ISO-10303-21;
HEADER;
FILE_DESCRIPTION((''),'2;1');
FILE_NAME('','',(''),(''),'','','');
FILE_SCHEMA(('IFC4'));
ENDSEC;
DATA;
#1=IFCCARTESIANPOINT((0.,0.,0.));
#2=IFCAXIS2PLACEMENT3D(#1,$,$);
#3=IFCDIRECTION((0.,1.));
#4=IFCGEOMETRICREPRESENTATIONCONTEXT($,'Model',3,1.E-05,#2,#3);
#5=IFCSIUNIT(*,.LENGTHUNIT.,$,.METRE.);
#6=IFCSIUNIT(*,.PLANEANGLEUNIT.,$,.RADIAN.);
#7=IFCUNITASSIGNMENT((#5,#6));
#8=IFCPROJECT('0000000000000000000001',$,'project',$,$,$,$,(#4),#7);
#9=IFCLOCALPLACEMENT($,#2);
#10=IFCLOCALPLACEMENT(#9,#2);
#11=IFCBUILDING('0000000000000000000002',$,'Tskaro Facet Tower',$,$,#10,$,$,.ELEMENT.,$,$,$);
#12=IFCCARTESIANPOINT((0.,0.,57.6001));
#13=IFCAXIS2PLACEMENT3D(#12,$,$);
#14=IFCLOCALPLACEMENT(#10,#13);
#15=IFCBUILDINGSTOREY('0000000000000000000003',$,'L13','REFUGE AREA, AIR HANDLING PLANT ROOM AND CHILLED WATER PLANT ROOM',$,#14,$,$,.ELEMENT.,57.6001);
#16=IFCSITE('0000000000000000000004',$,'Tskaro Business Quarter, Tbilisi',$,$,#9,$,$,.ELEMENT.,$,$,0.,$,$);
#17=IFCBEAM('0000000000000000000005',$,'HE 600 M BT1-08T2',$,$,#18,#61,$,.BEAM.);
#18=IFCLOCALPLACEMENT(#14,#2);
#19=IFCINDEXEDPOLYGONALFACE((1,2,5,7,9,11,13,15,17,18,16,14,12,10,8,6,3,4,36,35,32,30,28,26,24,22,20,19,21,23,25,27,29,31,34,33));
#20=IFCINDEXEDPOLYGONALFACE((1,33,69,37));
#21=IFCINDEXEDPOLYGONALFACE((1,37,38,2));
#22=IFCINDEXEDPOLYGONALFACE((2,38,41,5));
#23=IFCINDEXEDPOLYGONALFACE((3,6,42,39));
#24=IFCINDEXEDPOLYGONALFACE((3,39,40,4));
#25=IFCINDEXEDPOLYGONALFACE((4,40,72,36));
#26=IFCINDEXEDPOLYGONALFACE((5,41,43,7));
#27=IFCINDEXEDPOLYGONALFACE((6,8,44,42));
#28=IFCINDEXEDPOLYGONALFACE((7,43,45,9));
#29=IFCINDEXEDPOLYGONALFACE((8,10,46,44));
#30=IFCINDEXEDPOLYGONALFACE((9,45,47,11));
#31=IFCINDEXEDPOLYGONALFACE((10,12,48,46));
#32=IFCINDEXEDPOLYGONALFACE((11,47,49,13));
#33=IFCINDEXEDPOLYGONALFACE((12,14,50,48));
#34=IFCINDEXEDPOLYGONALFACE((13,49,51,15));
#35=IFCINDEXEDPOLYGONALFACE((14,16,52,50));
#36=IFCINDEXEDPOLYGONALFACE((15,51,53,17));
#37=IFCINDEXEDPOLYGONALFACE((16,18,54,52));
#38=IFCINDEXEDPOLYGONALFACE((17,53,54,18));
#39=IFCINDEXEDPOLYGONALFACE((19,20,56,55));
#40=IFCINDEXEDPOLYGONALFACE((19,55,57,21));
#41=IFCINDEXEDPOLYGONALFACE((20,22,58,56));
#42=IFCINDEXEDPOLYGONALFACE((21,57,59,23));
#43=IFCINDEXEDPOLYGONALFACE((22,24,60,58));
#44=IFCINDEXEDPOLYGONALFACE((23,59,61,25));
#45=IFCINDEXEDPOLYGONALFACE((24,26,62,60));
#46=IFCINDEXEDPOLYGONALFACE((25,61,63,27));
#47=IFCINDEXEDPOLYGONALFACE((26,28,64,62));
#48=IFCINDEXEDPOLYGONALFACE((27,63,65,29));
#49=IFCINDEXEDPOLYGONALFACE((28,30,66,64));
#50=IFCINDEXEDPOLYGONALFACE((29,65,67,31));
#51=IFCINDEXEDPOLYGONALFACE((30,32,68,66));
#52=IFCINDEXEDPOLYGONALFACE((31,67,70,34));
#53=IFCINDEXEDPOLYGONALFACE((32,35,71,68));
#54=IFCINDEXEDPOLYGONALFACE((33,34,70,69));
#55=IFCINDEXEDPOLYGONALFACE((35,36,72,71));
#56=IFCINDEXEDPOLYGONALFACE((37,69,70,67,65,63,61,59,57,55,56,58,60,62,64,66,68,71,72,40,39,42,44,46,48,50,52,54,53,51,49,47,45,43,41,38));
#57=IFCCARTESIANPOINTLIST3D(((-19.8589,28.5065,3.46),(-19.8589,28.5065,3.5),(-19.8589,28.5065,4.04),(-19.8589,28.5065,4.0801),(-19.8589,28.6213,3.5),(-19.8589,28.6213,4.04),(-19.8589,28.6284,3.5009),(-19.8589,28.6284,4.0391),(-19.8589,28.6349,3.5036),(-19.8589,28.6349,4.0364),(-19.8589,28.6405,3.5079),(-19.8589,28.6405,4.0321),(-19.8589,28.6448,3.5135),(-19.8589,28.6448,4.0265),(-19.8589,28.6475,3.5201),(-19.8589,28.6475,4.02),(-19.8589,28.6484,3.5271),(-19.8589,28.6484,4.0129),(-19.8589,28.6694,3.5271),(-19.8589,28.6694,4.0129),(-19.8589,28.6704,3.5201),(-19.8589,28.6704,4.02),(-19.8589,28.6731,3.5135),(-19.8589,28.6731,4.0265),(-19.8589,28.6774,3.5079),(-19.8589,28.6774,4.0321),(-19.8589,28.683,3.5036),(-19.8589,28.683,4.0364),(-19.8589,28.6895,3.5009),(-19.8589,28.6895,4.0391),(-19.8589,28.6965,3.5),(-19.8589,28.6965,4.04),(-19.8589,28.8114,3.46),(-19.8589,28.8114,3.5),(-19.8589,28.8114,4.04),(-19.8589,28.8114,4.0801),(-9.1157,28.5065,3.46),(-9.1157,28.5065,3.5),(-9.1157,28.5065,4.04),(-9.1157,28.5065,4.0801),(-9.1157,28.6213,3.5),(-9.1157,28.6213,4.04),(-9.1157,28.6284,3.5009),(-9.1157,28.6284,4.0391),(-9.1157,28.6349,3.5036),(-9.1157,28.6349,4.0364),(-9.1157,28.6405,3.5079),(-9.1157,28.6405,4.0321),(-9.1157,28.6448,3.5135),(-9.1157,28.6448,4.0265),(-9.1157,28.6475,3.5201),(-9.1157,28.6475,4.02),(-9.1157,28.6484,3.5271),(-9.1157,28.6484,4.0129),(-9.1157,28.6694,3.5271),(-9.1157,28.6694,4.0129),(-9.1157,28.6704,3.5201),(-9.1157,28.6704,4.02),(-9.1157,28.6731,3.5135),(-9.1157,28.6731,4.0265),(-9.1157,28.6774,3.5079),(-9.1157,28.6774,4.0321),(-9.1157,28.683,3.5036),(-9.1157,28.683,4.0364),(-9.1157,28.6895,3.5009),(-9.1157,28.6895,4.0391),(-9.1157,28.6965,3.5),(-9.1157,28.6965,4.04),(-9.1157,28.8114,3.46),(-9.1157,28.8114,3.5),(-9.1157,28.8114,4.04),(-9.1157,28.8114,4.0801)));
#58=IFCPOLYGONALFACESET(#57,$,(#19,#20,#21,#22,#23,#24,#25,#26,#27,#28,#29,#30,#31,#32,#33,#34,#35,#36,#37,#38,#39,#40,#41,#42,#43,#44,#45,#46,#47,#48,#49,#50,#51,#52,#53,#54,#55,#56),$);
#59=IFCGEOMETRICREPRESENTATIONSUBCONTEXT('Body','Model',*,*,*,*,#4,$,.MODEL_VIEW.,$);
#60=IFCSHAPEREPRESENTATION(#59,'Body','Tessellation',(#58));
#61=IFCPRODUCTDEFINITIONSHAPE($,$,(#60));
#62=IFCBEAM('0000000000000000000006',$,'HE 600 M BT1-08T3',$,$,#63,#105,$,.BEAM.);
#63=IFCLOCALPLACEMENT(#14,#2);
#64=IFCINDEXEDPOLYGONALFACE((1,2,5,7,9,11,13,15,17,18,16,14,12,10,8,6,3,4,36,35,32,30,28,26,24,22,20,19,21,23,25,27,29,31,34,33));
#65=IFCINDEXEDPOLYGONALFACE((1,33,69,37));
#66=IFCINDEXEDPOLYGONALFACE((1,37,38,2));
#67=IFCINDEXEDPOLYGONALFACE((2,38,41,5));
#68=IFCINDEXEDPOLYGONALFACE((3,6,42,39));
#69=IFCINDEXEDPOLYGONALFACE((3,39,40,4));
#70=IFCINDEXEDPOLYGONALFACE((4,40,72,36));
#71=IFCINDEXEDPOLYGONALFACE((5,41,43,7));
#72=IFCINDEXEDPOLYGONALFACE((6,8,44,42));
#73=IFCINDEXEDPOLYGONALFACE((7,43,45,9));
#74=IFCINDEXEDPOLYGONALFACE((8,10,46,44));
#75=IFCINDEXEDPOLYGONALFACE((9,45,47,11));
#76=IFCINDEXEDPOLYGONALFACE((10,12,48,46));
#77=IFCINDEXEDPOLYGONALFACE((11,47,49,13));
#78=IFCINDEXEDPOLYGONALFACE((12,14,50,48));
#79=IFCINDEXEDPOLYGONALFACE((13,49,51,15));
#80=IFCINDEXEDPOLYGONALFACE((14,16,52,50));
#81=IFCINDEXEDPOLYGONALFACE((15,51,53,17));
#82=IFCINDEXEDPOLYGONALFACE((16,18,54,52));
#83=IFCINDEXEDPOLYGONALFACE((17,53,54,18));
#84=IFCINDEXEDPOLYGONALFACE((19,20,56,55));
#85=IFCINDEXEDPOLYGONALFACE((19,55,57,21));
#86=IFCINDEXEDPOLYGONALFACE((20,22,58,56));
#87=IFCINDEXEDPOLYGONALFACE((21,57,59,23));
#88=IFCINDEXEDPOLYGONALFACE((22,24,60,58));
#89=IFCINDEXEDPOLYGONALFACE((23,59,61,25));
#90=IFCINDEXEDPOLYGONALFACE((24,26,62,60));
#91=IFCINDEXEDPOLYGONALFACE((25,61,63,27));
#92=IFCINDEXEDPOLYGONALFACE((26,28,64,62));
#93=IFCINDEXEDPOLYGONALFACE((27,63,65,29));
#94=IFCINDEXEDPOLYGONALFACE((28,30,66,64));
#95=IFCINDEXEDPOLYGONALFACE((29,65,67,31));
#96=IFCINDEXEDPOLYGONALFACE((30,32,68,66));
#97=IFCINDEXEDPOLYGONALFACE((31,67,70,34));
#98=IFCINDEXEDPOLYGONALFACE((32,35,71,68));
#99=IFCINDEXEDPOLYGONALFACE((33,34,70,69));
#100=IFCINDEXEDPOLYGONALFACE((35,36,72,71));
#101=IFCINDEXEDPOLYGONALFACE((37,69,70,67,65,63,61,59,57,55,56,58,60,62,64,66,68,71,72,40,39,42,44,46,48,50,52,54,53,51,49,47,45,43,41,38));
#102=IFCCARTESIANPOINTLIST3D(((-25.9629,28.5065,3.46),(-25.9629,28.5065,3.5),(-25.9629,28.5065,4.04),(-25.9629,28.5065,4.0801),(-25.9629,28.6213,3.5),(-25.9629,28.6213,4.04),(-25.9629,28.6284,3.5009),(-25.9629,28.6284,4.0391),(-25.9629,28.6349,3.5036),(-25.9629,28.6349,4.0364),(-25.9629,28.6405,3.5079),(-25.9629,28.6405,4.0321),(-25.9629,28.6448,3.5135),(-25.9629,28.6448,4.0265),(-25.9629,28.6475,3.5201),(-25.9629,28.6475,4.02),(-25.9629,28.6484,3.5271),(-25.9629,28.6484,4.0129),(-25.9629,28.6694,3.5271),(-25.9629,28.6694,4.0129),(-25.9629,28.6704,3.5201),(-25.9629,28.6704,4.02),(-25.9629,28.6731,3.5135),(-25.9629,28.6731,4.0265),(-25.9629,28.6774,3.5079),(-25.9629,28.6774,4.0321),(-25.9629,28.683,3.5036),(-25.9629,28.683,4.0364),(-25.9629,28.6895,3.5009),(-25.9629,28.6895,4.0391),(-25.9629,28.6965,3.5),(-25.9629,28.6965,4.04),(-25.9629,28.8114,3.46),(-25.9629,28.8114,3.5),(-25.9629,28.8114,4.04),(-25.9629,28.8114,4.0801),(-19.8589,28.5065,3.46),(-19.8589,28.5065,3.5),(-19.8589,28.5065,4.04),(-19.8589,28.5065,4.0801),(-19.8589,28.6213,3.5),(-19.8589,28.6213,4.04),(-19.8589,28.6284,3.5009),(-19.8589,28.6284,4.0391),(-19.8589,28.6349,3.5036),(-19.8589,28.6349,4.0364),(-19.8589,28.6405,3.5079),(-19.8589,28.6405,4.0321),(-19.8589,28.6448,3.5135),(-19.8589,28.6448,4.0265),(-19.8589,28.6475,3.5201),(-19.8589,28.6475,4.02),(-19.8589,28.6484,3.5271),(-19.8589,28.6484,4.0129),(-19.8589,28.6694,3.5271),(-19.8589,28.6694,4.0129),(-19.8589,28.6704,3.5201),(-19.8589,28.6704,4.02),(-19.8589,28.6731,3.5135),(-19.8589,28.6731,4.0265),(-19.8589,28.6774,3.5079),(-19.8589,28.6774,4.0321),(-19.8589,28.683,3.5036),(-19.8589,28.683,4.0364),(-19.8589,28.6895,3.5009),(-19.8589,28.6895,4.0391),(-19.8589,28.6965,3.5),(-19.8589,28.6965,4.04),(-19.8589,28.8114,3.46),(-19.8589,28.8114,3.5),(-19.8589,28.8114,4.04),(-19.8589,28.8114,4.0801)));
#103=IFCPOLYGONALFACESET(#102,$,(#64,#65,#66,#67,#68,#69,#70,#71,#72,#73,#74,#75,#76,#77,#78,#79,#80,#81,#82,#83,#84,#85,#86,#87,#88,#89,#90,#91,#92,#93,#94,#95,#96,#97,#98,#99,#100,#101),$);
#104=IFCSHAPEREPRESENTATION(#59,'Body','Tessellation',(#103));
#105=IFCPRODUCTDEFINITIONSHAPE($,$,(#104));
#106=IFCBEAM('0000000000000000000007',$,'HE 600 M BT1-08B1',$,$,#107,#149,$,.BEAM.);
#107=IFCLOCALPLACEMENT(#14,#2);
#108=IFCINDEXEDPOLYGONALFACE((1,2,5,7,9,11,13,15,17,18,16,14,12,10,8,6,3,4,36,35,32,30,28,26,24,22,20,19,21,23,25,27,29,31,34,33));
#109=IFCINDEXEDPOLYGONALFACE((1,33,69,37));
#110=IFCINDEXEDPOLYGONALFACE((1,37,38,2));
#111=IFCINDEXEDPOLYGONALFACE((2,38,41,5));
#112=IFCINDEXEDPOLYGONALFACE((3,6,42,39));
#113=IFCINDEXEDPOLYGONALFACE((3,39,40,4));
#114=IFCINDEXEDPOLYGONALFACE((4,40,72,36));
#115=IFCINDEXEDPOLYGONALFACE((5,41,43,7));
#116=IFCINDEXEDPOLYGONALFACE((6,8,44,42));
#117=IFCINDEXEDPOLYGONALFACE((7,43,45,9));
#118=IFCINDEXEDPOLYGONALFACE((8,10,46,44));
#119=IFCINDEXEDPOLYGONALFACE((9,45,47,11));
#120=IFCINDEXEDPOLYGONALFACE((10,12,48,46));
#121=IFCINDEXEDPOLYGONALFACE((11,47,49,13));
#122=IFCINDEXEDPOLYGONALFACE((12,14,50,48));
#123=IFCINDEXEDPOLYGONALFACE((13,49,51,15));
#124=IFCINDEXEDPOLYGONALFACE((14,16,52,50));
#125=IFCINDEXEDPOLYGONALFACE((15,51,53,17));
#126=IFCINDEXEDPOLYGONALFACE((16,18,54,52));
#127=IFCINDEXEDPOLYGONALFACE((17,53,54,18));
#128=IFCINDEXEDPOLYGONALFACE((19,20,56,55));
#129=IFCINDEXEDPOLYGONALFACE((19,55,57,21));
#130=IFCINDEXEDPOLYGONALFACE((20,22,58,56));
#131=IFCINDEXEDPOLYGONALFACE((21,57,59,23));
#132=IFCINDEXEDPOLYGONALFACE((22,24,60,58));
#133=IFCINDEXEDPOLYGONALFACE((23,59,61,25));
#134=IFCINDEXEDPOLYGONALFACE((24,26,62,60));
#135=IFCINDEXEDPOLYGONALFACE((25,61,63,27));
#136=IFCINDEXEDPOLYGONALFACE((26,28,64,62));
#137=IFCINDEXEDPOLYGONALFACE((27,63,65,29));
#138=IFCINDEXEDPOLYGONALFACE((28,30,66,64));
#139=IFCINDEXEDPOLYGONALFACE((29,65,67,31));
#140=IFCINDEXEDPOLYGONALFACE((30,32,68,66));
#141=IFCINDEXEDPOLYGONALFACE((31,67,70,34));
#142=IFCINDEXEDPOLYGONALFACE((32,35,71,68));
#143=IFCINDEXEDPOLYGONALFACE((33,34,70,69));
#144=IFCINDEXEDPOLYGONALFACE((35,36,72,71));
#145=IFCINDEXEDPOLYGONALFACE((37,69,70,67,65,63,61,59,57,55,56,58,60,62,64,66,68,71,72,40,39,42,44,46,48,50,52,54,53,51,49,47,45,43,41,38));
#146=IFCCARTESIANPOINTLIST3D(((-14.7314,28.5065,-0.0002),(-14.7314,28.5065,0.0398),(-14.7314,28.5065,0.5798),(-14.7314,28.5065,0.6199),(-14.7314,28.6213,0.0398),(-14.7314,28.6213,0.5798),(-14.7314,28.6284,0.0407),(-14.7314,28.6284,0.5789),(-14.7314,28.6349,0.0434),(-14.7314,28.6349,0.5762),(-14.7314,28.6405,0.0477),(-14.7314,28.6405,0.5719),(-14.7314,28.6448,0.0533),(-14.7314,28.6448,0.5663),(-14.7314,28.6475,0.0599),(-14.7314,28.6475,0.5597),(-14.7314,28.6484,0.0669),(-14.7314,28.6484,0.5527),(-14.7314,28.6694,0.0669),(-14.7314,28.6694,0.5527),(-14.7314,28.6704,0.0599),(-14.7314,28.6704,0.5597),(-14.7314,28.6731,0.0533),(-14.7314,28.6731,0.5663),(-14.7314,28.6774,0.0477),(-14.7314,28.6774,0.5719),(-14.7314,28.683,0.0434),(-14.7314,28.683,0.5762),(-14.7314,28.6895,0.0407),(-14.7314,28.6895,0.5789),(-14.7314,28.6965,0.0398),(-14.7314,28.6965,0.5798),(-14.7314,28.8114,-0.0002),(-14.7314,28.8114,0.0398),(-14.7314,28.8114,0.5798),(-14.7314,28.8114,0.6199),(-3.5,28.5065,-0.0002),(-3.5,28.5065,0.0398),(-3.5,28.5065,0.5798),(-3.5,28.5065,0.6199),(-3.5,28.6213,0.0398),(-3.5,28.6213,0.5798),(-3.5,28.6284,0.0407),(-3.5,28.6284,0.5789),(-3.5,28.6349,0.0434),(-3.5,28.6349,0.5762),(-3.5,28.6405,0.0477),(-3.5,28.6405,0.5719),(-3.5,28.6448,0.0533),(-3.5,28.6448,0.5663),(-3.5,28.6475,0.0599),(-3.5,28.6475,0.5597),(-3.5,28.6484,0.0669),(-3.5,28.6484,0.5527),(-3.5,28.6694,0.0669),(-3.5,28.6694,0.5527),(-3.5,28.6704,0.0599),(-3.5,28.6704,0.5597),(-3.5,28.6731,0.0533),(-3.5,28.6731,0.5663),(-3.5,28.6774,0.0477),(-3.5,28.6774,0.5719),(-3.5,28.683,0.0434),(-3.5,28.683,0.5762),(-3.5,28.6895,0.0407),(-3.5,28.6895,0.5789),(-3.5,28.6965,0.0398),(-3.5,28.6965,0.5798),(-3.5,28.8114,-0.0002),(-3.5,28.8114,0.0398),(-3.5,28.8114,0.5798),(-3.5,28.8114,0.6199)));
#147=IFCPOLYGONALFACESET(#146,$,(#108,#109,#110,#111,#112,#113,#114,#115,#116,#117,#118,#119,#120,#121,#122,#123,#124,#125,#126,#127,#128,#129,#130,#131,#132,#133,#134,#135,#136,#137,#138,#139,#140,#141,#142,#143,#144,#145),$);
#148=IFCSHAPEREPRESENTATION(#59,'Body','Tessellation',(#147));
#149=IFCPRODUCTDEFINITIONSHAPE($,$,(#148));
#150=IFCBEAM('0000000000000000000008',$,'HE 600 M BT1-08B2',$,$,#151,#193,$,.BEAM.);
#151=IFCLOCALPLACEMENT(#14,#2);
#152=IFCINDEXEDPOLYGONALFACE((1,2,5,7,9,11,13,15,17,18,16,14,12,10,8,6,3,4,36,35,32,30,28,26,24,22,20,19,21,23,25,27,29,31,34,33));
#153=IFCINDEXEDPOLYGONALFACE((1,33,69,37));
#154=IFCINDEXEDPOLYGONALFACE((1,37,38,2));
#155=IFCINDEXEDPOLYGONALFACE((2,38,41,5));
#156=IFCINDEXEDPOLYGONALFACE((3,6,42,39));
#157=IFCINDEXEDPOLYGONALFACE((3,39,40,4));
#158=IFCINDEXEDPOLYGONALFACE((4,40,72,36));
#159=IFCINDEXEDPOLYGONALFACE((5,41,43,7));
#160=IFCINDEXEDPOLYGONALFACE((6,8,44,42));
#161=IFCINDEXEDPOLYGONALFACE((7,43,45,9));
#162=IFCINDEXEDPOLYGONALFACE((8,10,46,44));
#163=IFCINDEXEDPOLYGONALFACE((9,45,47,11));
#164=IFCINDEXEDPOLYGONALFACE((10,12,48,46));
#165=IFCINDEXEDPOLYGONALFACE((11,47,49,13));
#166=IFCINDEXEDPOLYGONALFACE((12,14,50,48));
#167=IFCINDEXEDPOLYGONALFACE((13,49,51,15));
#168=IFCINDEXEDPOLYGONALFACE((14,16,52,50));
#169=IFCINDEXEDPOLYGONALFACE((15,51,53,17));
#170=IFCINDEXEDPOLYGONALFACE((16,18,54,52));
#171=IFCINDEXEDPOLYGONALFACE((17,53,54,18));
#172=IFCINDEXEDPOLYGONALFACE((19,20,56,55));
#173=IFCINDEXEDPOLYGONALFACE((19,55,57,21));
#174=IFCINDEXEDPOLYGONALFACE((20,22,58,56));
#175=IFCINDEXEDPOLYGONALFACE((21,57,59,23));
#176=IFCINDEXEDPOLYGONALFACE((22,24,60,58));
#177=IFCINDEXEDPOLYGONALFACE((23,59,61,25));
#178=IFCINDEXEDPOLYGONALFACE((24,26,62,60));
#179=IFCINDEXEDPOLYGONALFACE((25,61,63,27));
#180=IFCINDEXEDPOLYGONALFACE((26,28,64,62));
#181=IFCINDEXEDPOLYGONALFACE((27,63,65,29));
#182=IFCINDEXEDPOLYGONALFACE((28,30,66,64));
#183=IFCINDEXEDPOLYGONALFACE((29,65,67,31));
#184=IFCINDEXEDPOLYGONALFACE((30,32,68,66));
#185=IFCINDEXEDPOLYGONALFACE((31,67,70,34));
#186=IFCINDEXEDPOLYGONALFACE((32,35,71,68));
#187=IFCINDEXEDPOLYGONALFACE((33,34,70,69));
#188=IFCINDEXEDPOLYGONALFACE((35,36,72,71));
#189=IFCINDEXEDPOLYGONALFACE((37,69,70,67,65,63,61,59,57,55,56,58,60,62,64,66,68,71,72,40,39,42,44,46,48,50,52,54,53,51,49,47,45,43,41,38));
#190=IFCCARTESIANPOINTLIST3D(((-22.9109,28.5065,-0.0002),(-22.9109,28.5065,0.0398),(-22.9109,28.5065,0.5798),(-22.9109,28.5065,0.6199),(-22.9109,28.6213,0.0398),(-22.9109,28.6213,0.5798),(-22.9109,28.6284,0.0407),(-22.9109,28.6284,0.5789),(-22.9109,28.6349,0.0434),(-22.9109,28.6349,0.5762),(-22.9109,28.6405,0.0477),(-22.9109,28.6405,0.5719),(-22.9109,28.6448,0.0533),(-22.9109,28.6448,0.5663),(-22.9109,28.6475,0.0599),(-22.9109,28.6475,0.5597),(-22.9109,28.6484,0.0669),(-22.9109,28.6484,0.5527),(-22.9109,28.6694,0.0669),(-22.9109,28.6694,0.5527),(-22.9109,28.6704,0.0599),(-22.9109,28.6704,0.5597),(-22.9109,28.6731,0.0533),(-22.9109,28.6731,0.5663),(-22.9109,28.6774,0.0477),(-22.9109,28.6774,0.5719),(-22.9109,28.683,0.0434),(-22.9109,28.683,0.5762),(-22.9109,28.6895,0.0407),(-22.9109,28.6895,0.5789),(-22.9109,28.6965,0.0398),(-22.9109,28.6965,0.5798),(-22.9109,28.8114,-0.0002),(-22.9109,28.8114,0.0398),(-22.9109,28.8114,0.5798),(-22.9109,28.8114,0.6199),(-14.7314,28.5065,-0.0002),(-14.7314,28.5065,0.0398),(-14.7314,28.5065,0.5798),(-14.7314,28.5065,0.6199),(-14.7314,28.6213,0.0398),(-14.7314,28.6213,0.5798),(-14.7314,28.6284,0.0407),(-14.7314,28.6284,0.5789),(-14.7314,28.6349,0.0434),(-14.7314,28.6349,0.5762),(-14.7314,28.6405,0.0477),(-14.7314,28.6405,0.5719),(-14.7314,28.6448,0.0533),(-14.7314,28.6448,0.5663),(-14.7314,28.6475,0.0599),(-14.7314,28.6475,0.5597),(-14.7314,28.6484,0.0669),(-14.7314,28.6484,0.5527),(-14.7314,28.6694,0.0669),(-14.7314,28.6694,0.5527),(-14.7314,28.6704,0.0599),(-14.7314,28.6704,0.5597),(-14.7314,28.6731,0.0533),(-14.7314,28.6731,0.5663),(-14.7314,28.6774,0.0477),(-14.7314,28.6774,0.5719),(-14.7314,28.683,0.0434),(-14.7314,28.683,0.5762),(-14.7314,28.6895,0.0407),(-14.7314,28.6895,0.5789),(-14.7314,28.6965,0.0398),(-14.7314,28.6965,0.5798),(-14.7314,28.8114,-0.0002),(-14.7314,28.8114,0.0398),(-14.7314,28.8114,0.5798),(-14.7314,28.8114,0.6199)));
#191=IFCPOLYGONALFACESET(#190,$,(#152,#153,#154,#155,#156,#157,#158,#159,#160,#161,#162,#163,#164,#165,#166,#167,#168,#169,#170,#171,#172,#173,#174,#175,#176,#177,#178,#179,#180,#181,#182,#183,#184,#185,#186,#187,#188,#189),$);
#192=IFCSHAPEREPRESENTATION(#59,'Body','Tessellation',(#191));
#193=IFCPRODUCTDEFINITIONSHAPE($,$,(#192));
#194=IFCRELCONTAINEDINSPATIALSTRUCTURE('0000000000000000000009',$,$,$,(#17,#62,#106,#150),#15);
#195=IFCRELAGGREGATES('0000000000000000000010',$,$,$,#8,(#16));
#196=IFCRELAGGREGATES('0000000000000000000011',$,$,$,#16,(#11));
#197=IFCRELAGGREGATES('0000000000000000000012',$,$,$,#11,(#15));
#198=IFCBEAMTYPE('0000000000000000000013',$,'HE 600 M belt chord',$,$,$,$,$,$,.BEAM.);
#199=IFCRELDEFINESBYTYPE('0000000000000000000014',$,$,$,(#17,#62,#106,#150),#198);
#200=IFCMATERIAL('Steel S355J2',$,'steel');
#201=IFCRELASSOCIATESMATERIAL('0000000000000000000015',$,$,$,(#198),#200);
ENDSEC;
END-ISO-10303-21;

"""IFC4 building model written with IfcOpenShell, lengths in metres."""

from ifc_helpers import new_model, si_unit, direction, frame, origin, origin_2d, place, context, subcontext, project, spatial, i_section, extrude, material, material_profile, profile_set, type_object, element, save


model = new_model("IFC4")

# Units and contexts
model_context = context("Model", 3, precision=1e-05, world=origin(), true_north=direction((0.0, 1.0)))
body_context = subcontext(model_context, "Body", "Model", "MODEL_VIEW")
ifc_project = project(units=[si_unit("LENGTHUNIT", "METRE"), si_unit("PLANEANGLEUNIT", "RADIAN")], contexts=[model_context])

# Site, building, storey
site_placement = place(None, origin())
site = spatial("IfcSite", under=ifc_project, at=site_placement, Name="Tskaro Business Quarter, Tbilisi", CompositionType="ELEMENT", RefElevation=0.0)
building_placement = place(site_placement, origin())
building = spatial("IfcBuilding", under=site, at=building_placement, Name="Tskaro Facet Tower", CompositionType="ELEMENT")
storey_placement = place(building_placement, frame((0.0, 0.0, 57.6001)))
storey = spatial("IfcBuildingStorey", under=building, at=storey_placement, Name="L13", Description="REFUGE AREA, AIR HANDLING PLANT ROOM AND CHILLED WATER PLANT ROOM", CompositionType="ELEMENT", Elevation=57.6001)

# Shared definitions
ifc_material_1 = material(Name="Steel S355J2", Category="steel")

# Beams
ifc_material_profile_1 = material_profile(ifc_material_1, i_section(OverallWidth=0.3049, OverallDepth=0.6201, WebThickness=0.021, FlangeThickness=0.04, FilletRadius=0.0271, at=origin_2d()), Name="HE 600 M")
ifc_profile_set_1 = profile_set([ifc_material_profile_1], Name="Steel S355J2")
beam_type_1 = type_object("IfcBeamType", Name="HE 600 M belt chord", PredefinedType="BEAM", material=ifc_profile_set_1)
beam_1_placement = place(storey_placement, frame((-9.1157, 28.6589, 3.77), z_axis=(-1.0, 0.0, 0.0), x_axis=(0.0, -1.0, 0.0)))
element("IfcBeam", 1, at=beam_1_placement, inside=storey, type_object=beam_type_1, Name="HE 600 M BT1-08T2", PredefinedType="BEAM", context=body_context, shape_type="SweptSolid", body=[
    extrude(i_section(OverallWidth=0.3049, OverallDepth=0.6201, WebThickness=0.021, FlangeThickness=0.04, FilletRadius=0.0271, at=origin_2d()), origin(), (0.0, 0.0, 1.0), 10.7432),
])
beam_2_placement = place(storey_placement, frame((-19.8589, 28.6589, 3.77), z_axis=(-1.0, 0.0, 0.0), x_axis=(0.0, -1.0, 0.0)))
element("IfcBeam", 2, at=beam_2_placement, inside=storey, type_object=beam_type_1, Name="HE 600 M BT1-08T3", PredefinedType="BEAM", context=body_context, shape_type="SweptSolid", body=[
    extrude(i_section(OverallWidth=0.3049, OverallDepth=0.6201, WebThickness=0.021, FlangeThickness=0.04, FilletRadius=0.0271, at=origin_2d()), origin(), (0.0, 0.0, 1.0), 6.104),
])
beam_3_placement = place(storey_placement, frame((-3.5, 28.6589, 0.3098), z_axis=(-1.0, 0.0, 0.0), x_axis=(0.0, -1.0, 0.0)))
element("IfcBeam", 3, at=beam_3_placement, inside=storey, type_object=beam_type_1, Name="HE 600 M BT1-08B1", PredefinedType="BEAM", context=body_context, shape_type="SweptSolid", body=[
    extrude(i_section(OverallWidth=0.3049, OverallDepth=0.6201, WebThickness=0.021, FlangeThickness=0.04, FilletRadius=0.0271, at=origin_2d()), origin(), (0.0, 0.0, 1.0), 11.2314),
])
beam_4_placement = place(storey_placement, frame((-14.7314, 28.6589, 0.3098), z_axis=(-1.0, 0.0, 0.0), x_axis=(0.0, -1.0, 0.0)))
element("IfcBeam", 4, at=beam_4_placement, inside=storey, type_object=beam_type_1, Name="HE 600 M BT1-08B2", PredefinedType="BEAM", context=body_context, shape_type="SweptSolid", body=[
    extrude(i_section(OverallWidth=0.3049, OverallDepth=0.6201, WebThickness=0.021, FlangeThickness=0.04, FilletRadius=0.0271, at=origin_2d()), origin(), (0.0, 0.0, 1.0), 8.1794),
])

save(model, "model.ifc")
